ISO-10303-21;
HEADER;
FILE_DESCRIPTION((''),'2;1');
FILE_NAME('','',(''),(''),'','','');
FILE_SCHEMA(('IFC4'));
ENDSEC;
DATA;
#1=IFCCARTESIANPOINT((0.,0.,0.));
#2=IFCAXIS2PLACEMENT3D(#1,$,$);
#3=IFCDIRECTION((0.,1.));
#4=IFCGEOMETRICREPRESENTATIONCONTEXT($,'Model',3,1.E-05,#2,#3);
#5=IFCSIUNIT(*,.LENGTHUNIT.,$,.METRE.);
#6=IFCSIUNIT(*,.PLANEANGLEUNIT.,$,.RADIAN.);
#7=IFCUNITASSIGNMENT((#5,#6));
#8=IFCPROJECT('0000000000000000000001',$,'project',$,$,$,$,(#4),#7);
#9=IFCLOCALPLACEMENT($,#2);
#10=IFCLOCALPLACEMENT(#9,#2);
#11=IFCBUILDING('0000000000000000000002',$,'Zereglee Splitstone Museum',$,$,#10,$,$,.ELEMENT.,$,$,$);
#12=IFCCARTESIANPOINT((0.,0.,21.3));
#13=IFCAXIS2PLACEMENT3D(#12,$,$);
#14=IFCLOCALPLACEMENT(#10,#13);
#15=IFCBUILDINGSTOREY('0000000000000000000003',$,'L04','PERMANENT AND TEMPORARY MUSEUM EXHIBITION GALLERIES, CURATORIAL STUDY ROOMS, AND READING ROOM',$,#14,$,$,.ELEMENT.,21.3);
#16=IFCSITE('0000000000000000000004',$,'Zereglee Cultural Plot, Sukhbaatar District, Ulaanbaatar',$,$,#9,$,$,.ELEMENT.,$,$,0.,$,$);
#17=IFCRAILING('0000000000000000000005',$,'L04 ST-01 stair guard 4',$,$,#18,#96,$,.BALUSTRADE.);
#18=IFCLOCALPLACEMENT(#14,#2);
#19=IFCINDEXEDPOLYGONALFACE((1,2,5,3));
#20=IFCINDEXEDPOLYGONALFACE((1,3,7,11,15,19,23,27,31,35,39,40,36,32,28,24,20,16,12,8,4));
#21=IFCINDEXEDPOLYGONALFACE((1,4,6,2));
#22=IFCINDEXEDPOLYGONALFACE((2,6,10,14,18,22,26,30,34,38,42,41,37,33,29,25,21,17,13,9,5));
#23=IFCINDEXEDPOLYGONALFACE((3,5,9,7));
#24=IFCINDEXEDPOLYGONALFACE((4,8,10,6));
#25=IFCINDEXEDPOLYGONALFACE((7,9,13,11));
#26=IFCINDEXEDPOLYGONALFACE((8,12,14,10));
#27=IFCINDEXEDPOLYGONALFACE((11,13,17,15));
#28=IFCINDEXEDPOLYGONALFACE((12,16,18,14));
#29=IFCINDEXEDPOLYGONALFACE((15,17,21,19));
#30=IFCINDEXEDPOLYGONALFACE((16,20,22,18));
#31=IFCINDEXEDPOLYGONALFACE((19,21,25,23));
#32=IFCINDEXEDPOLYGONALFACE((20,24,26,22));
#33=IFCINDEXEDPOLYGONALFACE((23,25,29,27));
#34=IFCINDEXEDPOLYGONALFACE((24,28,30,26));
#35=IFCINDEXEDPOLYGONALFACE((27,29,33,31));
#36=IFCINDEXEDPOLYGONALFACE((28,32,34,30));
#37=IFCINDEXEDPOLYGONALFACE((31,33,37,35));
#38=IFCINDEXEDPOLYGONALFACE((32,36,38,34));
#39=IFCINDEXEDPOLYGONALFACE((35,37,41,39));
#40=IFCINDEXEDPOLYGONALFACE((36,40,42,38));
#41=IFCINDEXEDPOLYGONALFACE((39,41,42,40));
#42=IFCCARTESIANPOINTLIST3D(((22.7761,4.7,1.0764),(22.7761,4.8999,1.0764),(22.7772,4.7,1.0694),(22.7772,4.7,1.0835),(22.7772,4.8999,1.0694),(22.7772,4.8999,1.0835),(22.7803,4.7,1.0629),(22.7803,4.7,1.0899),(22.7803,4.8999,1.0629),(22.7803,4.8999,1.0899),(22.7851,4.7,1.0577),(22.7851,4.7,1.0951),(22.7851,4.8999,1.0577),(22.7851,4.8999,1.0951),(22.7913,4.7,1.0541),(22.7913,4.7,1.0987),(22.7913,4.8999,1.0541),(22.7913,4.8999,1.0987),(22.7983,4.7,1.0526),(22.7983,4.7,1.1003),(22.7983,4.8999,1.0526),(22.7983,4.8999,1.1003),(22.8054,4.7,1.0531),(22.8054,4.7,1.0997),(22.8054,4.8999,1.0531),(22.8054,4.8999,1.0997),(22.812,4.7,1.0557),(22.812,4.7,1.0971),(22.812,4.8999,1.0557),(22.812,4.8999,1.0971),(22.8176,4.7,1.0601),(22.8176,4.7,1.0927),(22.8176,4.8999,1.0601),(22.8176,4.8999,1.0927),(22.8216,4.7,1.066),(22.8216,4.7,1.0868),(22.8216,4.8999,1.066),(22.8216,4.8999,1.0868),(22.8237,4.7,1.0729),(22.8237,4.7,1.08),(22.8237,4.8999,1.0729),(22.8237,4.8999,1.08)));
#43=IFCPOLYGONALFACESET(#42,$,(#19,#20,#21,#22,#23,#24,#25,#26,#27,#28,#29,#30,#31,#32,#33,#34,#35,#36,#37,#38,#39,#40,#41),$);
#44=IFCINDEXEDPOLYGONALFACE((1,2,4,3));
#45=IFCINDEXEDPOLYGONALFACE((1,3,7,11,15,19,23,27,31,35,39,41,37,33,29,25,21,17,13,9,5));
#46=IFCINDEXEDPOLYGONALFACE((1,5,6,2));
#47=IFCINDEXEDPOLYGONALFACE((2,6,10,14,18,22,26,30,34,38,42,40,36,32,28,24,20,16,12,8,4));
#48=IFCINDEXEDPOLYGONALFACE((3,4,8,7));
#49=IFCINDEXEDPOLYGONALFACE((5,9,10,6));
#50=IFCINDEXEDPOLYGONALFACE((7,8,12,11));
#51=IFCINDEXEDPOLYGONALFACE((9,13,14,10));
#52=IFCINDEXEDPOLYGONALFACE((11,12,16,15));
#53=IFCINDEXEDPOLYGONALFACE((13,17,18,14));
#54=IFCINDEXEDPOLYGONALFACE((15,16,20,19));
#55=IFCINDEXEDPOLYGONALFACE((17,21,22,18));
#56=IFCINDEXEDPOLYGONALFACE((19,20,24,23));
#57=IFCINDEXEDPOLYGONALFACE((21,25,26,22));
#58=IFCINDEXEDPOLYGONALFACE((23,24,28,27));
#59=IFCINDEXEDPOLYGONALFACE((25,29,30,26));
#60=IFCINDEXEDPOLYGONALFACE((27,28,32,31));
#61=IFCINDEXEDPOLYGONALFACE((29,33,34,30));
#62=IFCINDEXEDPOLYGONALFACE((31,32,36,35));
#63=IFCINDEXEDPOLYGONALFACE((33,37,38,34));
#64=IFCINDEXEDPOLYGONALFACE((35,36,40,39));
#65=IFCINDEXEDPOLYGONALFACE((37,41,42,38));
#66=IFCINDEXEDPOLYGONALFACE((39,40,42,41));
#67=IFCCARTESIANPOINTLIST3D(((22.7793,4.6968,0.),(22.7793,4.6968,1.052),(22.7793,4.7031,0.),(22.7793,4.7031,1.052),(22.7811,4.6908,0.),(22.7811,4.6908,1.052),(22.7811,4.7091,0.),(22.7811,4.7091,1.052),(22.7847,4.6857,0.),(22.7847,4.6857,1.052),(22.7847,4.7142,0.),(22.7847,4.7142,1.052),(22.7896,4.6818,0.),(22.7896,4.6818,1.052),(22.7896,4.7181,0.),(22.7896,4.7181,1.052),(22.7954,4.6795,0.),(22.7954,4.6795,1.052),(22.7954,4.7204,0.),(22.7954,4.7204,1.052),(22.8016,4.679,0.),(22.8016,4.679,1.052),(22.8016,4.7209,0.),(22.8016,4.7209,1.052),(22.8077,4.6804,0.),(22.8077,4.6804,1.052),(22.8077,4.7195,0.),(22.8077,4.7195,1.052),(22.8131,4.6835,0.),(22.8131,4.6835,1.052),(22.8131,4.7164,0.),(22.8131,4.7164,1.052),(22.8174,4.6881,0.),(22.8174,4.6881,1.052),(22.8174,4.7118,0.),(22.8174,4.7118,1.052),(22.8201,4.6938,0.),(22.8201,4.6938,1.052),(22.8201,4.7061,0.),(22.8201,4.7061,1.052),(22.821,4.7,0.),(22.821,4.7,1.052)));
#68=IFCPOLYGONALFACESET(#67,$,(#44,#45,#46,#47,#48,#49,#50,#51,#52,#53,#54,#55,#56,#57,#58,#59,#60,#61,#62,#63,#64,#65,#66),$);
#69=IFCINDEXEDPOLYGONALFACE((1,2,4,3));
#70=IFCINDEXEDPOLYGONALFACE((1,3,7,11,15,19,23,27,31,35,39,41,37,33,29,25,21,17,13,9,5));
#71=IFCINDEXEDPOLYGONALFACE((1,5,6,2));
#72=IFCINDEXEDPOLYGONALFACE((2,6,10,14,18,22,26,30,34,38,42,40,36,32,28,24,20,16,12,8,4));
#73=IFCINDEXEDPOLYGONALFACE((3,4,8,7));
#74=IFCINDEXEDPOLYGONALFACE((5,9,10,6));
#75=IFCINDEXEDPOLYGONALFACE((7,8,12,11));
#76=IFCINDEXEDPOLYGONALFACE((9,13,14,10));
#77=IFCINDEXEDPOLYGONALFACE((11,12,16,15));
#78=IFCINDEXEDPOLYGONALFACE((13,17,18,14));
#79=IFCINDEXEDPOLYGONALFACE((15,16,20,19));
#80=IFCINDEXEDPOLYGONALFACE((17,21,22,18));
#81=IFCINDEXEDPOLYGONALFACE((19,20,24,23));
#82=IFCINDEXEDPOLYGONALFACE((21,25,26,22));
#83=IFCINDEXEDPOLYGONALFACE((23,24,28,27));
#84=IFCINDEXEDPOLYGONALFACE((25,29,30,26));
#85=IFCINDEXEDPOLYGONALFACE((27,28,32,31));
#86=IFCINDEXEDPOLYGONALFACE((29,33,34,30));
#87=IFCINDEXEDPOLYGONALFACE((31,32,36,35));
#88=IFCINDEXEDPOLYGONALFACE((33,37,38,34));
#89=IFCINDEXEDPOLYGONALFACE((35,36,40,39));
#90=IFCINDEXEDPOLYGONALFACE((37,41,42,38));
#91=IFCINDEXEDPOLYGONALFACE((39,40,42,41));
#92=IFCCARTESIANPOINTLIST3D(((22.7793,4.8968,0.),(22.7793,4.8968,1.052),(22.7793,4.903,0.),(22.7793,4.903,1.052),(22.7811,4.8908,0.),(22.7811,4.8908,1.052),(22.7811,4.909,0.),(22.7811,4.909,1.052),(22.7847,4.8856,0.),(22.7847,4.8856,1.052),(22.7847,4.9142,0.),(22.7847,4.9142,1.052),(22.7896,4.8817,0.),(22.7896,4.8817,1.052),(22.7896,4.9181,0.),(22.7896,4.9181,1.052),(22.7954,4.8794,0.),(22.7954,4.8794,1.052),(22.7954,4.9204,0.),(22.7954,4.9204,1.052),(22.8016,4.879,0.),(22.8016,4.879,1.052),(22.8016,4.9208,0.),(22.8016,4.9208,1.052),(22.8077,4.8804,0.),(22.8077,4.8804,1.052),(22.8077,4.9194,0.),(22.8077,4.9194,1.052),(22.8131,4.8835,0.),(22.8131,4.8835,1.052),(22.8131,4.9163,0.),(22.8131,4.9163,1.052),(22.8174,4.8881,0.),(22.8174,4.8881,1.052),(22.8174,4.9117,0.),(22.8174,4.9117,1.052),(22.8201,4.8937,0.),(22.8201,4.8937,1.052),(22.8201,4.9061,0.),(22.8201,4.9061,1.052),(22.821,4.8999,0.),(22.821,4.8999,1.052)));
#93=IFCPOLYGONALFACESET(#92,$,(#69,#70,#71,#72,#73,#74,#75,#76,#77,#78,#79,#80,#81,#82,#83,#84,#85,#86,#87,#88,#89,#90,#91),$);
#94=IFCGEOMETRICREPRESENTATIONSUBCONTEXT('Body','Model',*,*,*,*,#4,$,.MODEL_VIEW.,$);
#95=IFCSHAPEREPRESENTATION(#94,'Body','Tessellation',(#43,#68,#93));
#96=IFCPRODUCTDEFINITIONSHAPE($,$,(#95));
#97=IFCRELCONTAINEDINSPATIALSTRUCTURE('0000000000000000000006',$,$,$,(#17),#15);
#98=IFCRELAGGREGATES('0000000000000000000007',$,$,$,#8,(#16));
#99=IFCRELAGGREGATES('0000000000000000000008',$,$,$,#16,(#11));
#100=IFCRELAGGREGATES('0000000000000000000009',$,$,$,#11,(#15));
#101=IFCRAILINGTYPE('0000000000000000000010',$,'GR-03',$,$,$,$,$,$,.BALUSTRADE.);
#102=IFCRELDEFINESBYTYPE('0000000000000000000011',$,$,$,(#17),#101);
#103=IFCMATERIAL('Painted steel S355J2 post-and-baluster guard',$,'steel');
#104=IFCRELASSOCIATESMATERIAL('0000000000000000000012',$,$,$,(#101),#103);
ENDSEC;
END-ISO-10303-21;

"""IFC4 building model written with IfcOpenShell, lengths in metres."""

from ifc_helpers import new_model, si_unit, direction, frame, origin, origin_2d, place, context, subcontext, project, spatial, circle, extrude, material, type_object, element, save


model = new_model("IFC4")

# Units and contexts
model_context = context("Model", 3, precision=1e-05, world=origin(), true_north=direction((0.0, 1.0)))
body_context = subcontext(model_context, "Body", "Model", "MODEL_VIEW")
ifc_project = project(units=[si_unit("LENGTHUNIT", "METRE"), si_unit("PLANEANGLEUNIT", "RADIAN")], contexts=[model_context])

# Site, building, storey
site_placement = place(None, origin())
site = spatial("IfcSite", under=ifc_project, at=site_placement, Name="Zereglee Cultural Plot, Sukhbaatar District, Ulaanbaatar", CompositionType="ELEMENT", RefElevation=0.0)
building_placement = place(site_placement, origin())
building = spatial("IfcBuilding", under=site, at=building_placement, Name="Zereglee Splitstone Museum", CompositionType="ELEMENT")
storey_placement = place(building_placement, frame((0.0, 0.0, 21.3)))
storey = spatial("IfcBuildingStorey", under=building, at=storey_placement, Name="L04", Description="PERMANENT AND TEMPORARY MUSEUM EXHIBITION GALLERIES, CURATORIAL STUDY ROOMS, AND READING ROOM", CompositionType="ELEMENT", Elevation=21.3)

# Railing
ifc_material_1 = material(Name="Painted steel S355J2 post-and-baluster guard", Category="steel")
railing_type_1 = type_object("IfcRailingType", Name="GR-03", PredefinedType="BALUSTRADE", material=ifc_material_1)
railing_1_placement = place(storey_placement, frame((22.8, 4.7, 0.0)))
element("IfcRailing", 1, at=railing_1_placement, inside=storey, type_object=railing_type_1, Name="L04 ST-01 stair guard 4", PredefinedType="BALUSTRADE", context=body_context, shape_type="SweptSolid", body=[
    extrude(circle(Radius=0.0239, at=origin_2d()), frame((0.0, 0.0, 1.0764), z_axis=(0.0, 1.0, 0.0), x_axis=(-1.0, 0.0, 0.0)), (0.0, 0.0, 1.0), 0.2),
    extrude(circle(Radius=0.021, at=origin_2d()), origin(), (0.0, 0.0, 1.0), 1.052),
    extrude(circle(Radius=0.021, at=origin_2d()), frame((0.0, 0.2, 0.0)), (0.0, 0.0, 1.0), 1.052),
])

save(model, "model.ifc")
